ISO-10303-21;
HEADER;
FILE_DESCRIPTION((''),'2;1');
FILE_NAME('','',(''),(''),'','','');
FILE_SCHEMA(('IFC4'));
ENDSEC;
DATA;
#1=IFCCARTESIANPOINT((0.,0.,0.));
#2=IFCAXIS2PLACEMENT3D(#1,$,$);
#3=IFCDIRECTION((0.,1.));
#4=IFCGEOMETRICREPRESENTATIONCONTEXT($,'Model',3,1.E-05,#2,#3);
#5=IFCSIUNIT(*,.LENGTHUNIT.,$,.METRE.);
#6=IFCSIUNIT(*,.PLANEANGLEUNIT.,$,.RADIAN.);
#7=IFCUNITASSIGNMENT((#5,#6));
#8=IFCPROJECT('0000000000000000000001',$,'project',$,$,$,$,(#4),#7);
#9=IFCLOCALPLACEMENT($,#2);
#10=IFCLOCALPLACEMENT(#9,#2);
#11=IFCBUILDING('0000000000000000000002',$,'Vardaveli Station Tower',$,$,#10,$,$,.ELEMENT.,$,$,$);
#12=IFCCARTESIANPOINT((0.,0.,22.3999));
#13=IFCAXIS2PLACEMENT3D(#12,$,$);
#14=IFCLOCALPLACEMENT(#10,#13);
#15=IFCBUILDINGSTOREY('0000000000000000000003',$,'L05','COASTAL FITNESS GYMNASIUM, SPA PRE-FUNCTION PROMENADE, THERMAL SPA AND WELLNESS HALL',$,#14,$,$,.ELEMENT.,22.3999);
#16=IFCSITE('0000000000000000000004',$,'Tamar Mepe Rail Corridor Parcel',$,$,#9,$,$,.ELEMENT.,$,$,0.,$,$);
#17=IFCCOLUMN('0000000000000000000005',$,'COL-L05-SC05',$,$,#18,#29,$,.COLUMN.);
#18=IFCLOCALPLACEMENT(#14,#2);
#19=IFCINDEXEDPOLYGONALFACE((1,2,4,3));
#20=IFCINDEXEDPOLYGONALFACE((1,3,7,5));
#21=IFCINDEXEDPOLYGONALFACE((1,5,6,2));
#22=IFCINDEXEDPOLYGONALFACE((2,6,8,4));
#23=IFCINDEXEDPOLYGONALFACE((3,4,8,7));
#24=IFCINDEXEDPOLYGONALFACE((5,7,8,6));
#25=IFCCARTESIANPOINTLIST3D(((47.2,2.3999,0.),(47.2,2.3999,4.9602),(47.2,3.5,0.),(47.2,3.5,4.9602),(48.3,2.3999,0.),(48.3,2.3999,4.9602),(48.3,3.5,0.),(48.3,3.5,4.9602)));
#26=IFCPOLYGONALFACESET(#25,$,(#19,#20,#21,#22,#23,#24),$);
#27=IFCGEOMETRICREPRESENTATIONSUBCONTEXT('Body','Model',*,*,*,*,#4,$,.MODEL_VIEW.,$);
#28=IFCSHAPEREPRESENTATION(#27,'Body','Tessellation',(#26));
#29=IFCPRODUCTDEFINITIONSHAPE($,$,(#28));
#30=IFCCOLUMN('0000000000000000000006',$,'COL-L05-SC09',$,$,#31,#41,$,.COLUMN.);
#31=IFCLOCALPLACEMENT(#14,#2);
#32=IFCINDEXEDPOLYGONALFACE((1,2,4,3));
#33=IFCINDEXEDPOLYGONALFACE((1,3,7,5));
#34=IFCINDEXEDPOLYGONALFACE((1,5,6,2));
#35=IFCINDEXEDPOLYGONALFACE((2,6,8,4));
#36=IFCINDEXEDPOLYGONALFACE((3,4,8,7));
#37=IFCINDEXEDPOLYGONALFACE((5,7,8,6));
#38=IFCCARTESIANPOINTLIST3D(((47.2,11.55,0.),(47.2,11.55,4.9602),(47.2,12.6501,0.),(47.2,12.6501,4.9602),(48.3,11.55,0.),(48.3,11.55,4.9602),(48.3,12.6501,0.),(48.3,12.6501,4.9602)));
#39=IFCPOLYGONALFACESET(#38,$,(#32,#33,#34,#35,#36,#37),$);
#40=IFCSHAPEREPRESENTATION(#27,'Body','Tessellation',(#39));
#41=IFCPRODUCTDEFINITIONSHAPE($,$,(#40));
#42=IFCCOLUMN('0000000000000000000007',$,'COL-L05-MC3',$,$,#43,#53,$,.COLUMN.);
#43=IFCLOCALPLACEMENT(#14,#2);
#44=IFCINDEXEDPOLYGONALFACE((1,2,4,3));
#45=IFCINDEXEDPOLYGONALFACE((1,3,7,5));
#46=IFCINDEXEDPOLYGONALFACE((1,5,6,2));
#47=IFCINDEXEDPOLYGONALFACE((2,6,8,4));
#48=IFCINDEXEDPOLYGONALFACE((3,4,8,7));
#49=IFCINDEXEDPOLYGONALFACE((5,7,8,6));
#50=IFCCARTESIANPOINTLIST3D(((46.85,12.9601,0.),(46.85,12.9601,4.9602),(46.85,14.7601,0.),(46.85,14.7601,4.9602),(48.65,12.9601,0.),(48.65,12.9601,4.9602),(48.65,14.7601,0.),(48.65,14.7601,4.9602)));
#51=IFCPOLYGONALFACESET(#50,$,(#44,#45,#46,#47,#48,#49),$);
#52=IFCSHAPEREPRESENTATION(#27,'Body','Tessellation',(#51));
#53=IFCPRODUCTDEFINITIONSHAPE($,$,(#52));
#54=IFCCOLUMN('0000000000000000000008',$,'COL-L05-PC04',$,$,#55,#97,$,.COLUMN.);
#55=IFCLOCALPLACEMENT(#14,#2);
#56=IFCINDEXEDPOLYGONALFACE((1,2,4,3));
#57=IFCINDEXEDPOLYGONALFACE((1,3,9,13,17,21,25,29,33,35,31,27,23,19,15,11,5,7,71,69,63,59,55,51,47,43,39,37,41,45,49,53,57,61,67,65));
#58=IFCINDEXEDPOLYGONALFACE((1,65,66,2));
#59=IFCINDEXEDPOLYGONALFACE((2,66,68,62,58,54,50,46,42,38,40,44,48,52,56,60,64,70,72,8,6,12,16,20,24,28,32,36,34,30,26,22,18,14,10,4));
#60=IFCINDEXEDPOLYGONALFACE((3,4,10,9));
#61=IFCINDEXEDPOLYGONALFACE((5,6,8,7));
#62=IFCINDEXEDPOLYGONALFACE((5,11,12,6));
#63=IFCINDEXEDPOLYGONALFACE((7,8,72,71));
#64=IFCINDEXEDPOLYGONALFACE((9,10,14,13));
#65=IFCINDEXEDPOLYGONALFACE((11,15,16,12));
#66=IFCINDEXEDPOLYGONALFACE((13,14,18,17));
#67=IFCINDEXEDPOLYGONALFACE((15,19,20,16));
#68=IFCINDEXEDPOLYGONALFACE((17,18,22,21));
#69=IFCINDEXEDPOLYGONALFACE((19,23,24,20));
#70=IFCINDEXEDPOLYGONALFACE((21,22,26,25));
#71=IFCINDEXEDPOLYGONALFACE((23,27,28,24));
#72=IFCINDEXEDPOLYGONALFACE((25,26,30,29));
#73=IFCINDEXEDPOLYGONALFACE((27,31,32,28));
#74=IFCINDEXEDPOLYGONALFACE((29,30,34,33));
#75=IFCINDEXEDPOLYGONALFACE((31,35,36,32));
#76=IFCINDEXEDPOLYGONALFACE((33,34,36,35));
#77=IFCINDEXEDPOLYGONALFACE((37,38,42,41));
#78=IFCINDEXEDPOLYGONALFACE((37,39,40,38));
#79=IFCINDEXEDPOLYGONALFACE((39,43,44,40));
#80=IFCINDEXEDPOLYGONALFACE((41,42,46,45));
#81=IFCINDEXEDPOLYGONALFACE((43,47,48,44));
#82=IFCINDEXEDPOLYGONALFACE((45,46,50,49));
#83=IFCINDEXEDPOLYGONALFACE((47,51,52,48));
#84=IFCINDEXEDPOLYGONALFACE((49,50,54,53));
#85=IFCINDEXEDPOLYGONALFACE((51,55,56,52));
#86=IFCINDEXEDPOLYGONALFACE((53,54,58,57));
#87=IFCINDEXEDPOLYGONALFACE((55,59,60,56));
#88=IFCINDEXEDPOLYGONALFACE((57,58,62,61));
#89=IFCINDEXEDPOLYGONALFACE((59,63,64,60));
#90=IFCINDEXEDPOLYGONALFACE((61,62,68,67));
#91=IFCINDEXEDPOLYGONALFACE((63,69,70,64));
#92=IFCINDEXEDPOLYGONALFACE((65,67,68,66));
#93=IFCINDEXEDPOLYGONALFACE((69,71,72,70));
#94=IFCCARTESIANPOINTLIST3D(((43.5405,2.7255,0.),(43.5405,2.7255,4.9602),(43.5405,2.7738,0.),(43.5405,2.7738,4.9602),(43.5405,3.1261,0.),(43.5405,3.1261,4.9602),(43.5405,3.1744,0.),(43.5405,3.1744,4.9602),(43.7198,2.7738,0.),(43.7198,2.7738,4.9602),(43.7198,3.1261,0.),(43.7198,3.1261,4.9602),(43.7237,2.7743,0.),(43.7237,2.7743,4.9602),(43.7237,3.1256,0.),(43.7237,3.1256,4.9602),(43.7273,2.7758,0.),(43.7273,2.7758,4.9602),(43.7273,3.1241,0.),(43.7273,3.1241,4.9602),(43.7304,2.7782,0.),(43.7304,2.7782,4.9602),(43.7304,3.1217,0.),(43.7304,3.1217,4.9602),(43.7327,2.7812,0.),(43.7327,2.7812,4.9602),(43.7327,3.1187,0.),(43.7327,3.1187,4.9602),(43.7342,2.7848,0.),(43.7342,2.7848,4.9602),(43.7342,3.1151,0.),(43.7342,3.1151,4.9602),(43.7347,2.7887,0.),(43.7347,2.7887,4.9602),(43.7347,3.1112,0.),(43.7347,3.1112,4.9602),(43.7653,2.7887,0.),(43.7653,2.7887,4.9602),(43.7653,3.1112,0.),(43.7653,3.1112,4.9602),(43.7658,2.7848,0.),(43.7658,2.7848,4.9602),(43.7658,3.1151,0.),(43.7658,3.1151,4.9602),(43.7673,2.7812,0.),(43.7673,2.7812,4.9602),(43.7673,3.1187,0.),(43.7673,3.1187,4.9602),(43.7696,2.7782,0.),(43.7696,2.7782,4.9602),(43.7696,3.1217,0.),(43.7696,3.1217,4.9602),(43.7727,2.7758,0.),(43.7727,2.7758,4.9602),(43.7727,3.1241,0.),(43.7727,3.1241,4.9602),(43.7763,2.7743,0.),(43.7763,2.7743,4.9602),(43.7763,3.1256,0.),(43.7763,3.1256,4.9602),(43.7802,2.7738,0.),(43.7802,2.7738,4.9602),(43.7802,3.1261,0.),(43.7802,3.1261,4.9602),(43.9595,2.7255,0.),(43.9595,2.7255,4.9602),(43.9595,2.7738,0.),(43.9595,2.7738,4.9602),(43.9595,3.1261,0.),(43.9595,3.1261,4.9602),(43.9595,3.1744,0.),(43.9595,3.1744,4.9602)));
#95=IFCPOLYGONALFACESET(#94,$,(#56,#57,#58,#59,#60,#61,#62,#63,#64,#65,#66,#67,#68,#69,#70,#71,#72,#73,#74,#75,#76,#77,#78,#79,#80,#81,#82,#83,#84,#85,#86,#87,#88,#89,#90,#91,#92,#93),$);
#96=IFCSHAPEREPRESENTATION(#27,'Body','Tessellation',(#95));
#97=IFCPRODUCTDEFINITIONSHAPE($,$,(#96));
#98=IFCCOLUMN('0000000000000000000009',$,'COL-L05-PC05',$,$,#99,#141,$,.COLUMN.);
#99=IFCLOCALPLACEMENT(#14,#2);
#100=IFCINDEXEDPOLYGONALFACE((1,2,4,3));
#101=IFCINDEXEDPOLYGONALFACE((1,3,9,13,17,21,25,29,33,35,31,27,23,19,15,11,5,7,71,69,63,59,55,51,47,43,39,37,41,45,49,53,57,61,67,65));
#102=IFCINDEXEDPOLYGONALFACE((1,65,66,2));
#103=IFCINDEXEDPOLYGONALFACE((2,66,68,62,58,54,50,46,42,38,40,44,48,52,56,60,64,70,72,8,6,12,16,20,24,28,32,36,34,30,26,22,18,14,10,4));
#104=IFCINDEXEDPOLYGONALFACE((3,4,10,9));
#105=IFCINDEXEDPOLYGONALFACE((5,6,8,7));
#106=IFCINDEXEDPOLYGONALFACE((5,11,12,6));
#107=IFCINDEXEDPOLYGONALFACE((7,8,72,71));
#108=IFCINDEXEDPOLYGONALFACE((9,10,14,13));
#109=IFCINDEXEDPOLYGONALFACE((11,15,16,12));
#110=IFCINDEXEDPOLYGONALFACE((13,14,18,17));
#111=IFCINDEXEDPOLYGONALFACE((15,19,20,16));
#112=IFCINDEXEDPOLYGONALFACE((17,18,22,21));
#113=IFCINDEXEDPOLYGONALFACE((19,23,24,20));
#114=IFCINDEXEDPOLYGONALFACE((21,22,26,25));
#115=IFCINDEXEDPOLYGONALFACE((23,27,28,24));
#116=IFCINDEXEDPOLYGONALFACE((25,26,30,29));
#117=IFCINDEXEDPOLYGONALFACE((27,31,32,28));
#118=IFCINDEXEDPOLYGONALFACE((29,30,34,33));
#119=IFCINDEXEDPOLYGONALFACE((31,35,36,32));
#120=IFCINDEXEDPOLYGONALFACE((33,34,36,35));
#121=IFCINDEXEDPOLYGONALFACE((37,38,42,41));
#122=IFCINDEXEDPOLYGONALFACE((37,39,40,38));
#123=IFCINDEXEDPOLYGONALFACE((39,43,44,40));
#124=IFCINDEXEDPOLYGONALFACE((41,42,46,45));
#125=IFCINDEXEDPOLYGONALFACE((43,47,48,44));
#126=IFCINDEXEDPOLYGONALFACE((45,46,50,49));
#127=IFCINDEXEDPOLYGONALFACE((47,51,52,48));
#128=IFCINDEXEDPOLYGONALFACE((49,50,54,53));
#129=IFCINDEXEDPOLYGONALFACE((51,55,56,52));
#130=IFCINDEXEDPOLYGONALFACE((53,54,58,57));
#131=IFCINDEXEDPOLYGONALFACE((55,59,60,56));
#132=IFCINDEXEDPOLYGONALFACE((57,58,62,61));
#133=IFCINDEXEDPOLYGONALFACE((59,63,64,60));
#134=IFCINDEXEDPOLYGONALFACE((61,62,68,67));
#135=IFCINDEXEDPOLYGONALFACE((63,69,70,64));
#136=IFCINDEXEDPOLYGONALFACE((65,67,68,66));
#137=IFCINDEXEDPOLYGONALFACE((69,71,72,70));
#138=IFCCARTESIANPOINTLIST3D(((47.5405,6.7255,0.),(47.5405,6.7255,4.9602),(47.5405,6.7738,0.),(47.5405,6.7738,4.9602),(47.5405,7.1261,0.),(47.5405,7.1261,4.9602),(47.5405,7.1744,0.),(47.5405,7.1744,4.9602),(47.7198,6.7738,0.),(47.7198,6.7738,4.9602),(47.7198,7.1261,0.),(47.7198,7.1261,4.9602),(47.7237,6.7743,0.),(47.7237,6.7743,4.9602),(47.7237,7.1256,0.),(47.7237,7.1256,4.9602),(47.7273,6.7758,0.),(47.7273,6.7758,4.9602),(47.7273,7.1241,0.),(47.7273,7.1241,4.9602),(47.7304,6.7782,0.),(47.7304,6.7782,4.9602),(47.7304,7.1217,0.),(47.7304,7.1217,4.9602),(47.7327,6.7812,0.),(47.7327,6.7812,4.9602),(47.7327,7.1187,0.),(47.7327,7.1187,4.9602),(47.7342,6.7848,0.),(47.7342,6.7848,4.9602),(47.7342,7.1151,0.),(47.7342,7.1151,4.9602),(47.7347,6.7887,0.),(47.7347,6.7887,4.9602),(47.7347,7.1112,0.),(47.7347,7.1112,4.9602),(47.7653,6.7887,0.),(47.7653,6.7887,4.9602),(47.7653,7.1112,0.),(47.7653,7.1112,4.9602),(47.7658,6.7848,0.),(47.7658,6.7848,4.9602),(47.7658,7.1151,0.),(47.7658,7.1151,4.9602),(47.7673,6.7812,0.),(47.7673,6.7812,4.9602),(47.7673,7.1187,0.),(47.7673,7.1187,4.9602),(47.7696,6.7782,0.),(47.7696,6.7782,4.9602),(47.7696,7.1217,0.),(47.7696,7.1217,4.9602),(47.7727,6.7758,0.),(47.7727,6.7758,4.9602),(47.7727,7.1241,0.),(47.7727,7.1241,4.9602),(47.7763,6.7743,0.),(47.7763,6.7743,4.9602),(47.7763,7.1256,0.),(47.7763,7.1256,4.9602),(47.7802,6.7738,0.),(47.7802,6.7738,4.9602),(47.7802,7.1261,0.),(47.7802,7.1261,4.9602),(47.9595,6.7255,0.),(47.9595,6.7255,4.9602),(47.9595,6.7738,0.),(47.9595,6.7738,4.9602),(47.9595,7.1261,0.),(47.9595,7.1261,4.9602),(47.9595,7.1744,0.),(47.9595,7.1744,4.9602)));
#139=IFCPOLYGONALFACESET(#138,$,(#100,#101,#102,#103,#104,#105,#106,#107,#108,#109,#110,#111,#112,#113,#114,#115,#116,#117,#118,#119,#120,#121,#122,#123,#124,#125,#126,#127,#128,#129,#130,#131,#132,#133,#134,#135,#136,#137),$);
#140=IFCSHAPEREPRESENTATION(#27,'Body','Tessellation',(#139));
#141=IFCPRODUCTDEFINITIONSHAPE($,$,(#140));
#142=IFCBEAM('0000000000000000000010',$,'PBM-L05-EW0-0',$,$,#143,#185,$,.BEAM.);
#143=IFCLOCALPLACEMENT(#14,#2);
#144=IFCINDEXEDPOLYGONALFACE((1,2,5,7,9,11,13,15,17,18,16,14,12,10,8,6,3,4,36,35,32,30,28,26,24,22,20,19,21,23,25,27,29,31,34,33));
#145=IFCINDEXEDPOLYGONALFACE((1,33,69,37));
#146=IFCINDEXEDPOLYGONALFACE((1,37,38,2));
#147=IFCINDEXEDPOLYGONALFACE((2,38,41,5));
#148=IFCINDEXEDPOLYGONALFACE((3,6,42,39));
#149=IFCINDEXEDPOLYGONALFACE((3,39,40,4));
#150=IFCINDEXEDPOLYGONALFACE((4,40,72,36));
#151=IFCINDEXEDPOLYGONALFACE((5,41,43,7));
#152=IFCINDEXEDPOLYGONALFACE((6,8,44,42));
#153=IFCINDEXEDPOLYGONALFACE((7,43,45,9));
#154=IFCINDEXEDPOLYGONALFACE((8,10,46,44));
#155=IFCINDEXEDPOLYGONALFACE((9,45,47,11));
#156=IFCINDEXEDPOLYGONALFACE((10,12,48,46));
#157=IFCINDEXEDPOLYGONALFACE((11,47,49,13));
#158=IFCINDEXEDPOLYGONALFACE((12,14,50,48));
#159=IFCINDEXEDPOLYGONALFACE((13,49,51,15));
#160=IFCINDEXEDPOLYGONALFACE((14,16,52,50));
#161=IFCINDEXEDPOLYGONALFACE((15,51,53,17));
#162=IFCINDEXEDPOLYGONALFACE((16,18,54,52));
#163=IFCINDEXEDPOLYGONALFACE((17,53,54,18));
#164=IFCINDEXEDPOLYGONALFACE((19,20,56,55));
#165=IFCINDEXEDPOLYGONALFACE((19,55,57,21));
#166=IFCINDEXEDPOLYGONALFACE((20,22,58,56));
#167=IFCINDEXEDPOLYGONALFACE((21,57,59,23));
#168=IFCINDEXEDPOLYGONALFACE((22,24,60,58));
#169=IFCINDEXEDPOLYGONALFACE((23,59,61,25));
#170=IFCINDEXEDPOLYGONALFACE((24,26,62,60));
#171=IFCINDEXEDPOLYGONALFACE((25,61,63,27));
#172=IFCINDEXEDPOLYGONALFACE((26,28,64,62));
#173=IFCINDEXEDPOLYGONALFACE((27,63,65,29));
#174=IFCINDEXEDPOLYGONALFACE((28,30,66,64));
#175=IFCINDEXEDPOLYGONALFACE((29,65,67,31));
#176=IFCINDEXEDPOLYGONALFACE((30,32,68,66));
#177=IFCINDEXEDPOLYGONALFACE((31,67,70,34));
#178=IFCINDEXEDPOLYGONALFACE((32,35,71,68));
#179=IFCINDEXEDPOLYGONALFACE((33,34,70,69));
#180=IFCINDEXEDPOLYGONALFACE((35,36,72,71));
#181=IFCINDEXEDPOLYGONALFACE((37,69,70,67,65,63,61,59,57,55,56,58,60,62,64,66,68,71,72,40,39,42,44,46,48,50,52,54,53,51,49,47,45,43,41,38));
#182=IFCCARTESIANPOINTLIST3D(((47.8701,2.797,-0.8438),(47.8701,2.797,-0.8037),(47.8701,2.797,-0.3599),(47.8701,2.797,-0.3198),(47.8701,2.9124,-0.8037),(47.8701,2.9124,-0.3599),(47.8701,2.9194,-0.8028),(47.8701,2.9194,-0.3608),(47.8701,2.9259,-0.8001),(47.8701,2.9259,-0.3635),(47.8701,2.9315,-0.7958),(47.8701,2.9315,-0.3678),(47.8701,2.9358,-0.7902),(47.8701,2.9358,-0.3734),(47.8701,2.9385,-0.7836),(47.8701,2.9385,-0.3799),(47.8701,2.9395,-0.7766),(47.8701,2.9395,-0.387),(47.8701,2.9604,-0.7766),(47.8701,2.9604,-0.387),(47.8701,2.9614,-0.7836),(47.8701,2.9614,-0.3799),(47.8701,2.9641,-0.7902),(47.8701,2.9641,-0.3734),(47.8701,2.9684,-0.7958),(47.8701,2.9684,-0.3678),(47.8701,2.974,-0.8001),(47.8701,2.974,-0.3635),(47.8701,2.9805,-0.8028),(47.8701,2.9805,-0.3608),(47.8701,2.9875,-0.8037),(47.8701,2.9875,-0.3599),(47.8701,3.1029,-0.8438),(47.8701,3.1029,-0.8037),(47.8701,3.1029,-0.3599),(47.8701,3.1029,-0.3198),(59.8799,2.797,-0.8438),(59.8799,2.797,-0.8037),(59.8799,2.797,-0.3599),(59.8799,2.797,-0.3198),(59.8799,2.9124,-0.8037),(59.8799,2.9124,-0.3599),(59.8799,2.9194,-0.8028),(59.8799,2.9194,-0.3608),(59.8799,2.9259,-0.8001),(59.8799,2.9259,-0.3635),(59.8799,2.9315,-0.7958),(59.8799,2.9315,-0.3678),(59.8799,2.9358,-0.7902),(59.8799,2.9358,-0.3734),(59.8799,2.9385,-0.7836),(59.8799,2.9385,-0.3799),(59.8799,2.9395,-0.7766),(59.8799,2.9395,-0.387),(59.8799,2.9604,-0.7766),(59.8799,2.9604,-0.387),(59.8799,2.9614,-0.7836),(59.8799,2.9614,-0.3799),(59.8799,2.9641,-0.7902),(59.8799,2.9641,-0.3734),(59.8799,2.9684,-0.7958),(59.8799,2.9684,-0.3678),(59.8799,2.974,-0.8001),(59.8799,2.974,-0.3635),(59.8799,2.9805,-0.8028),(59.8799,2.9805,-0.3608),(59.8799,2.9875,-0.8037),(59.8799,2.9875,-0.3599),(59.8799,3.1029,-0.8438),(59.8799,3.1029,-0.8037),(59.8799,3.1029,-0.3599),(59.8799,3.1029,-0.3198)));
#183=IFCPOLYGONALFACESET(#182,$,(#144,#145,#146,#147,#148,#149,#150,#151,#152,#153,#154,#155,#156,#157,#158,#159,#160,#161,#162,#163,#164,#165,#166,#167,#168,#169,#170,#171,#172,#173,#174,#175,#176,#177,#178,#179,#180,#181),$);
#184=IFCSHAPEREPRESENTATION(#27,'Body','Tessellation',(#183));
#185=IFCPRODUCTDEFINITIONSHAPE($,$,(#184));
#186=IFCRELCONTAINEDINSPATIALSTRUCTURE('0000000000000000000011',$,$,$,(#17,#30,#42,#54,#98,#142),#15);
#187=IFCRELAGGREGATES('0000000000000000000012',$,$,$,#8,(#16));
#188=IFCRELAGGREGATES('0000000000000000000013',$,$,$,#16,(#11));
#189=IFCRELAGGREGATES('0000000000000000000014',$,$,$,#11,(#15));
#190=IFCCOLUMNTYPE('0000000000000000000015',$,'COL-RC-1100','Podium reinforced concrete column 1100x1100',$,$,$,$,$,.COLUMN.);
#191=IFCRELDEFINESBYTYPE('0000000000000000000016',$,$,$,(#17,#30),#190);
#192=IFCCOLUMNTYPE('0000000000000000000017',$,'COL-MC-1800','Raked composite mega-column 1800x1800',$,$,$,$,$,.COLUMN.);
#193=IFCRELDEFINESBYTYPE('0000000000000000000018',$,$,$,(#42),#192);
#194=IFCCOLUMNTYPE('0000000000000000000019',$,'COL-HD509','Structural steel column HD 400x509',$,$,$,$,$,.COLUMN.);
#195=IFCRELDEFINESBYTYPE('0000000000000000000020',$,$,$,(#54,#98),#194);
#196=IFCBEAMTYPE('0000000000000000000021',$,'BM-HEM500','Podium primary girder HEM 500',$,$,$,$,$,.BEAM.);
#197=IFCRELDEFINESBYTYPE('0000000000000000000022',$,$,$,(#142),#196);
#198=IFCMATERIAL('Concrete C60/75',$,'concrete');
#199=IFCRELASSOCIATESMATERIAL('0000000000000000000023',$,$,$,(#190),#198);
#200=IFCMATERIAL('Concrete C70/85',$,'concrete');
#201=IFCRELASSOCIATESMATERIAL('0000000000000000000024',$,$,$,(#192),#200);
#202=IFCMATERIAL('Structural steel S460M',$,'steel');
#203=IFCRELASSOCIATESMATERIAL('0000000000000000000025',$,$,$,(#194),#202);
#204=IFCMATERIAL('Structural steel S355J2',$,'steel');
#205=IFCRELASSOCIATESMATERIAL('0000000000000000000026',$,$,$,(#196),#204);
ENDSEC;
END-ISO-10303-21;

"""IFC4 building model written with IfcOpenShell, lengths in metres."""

from ifc_helpers import new_model, si_unit, direction, frame, origin, origin_2d, place, context, subcontext, project, spatial, rectangle, i_section, extrude, source, transform, mapped, material, material_profile, profile_set, type_object, element, save


model = new_model("IFC4")

# Units and contexts
model_context = context("Model", 3, precision=1e-05, world=origin(), true_north=direction((0.0, 1.0)))
body_context = subcontext(model_context, "Body", "Model", "MODEL_VIEW")
ifc_project = project(units=[si_unit("LENGTHUNIT", "METRE"), si_unit("PLANEANGLEUNIT", "RADIAN")], contexts=[model_context])

# Site, building, storey
site_placement = place(None, origin())
site = spatial("IfcSite", under=ifc_project, at=site_placement, Name="Tamar Mepe Rail Corridor Parcel", CompositionType="ELEMENT", RefElevation=0.0)
building_placement = place(site_placement, origin())
building = spatial("IfcBuilding", under=site, at=building_placement, Name="Vardaveli Station Tower", CompositionType="ELEMENT")
storey_placement = place(building_placement, frame((0.0, 0.0, 22.3999)))
storey = spatial("IfcBuildingStorey", under=building, at=storey_placement, Name="L05", Description="COASTAL FITNESS GYMNASIUM, SPA PRE-FUNCTION PROMENADE, THERMAL SPA AND WELLNESS HALL", CompositionType="ELEMENT", Elevation=22.3999)

# Columns
ifc_material_1 = material(Name="Concrete C60/75", Category="concrete")
ifc_material_profile_1 = material_profile(ifc_material_1, rectangle(XDim=1.1001, YDim=1.1001, at=origin_2d()), Name="RC 1100x1100")
ifc_profile_set_1 = profile_set([ifc_material_profile_1], Name="Concrete C60/75")
column_type_1 = type_object("IfcColumnType", Name="COL-RC-1100", Description="Podium reinforced concrete column 1100x1100", PredefinedType="COLUMN", material=ifc_profile_set_1)
shared_shape_1 = source(origin(), body_context, "Body", "SweptSolid", [
    extrude(rectangle(XDim=1.1001, YDim=1.1001, at=origin_2d()), origin(), (0.0, 0.0, 1.0), 4.9602),
])
for number, where, z_axis, x_axis, name in (
    (1, (47.75, 2.95, 0.0), (0.0, 0.0, 1.0), (1.0, 0.0, 0.0), "COL-L05-SC05"),
    (2, (47.75, 12.1001, 0.0), (0.0, 0.0, 1.0), (1.0, 0.0, 0.0), "COL-L05-SC09"),
):
    element("IfcColumn", number, at=place(storey_placement, frame(where, z_axis=z_axis, x_axis=x_axis)), inside=storey, type_object=column_type_1, Name=name, PredefinedType="COLUMN", context=body_context, shape_type="MappedRepresentation", body=[
        mapped(shared_shape_1, transform((0.0, 0.0, 0.0), scale=1.0)),
    ])
ifc_material_2 = material(Name="Concrete C70/85", Category="concrete")
ifc_material_profile_2 = material_profile(ifc_material_2, rectangle(XDim=1.8, YDim=1.8, at=origin_2d()), Name="MC 1800x1800")
ifc_profile_set_2 = profile_set([ifc_material_profile_2], Name="Concrete C70/85")
column_type_2 = type_object("IfcColumnType", Name="COL-MC-1800", Description="Raked composite mega-column 1800x1800", PredefinedType="COLUMN", material=ifc_profile_set_2)
shared_shape_2 = source(origin(), body_context, "Body", "SweptSolid", [
    extrude(rectangle(XDim=1.8, YDim=1.8, at=origin_2d()), origin(), (0.0, 0.0, 1.0), 4.9602),
])
column_placement = place(storey_placement, frame((47.75, 13.8601, 0.0), z_axis=(0.0, 0.0, 1.0), x_axis=(1.0, 0.0, 0.0)))
element("IfcColumn", 3, at=column_placement, inside=storey, type_object=column_type_2, Name="COL-L05-MC3", PredefinedType="COLUMN", context=body_context, shape_type="MappedRepresentation", body=[
    mapped(shared_shape_2, transform((0.0, 0.0, 0.0), scale=1.0)),
])
ifc_material_3 = material(Name="Structural steel S460M", Category="steel")
ifc_material_profile_3 = material_profile(ifc_material_3, i_section(OverallWidth=0.4189, OverallDepth=0.449, WebThickness=0.0305, FlangeThickness=0.0483, FilletRadius=0.0149, at=origin_2d()), Name="HD 400x509")
ifc_profile_set_3 = profile_set([ifc_material_profile_3], Name="Structural steel S460M")
column_type_3 = type_object("IfcColumnType", Name="COL-HD509", Description="Structural steel column HD 400x509", PredefinedType="COLUMN", material=ifc_profile_set_3)
shared_shape_3 = source(origin(), body_context, "Body", "SweptSolid", [
    extrude(i_section(OverallWidth=0.4189, OverallDepth=0.449, WebThickness=0.0305, FlangeThickness=0.0483, FilletRadius=0.0149, at=origin_2d()), origin(), (0.0, 0.0, 1.0), 4.9602),
])
for number, where, z_axis, x_axis, name in (
    (4, (43.75, 2.95, 0.0), (0.0, 0.0, 1.0), (1.0, 0.0, 0.0), "COL-L05-PC04"),
    (5, (47.75, 6.95, 0.0), (0.0, 0.0, 1.0), (1.0, 0.0, 0.0), "COL-L05-PC05"),
):
    element("IfcColumn", number, at=place(storey_placement, frame(where, z_axis=z_axis, x_axis=x_axis)), inside=storey, type_object=column_type_3, Name=name, PredefinedType="COLUMN", context=body_context, shape_type="MappedRepresentation", body=[
        mapped(shared_shape_3, transform((0.0, 0.0, 0.0), scale=1.0)),
    ])

# Beam
ifc_material_4 = material(Name="Structural steel S355J2", Category="steel")
ifc_material_profile_4 = material_profile(ifc_material_4, i_section(OverallWidth=0.3059, OverallDepth=0.5239, WebThickness=0.021, FlangeThickness=0.04, FilletRadius=0.0271, at=origin_2d()), Name="HEM 500")
ifc_profile_set_4 = profile_set([ifc_material_profile_4], Name="Structural steel S355J2")
beam_type_1 = type_object("IfcBeamType", Name="BM-HEM500", Description="Podium primary girder HEM 500", PredefinedType="BEAM", material=ifc_profile_set_4)
shared_shape_4 = source(origin(), body_context, "Body", "SweptSolid", [
    extrude(i_section(OverallWidth=0.3059, OverallDepth=0.5239, WebThickness=0.021, FlangeThickness=0.04, FilletRadius=0.0271, at=origin_2d()), origin(), (0.0, 0.0, 1.0), 12.0098),
])
beam_1_placement = place(storey_placement, frame((47.8701, 2.95, -0.5818), z_axis=(1.0, 0.0, 0.0), x_axis=(0.0, 1.0, 0.0)))
element("IfcBeam", 6, at=beam_1_placement, inside=storey, type_object=beam_type_1, Name="PBM-L05-EW0-0", PredefinedType="BEAM", context=body_context, shape_type="MappedRepresentation", body=[
    mapped(shared_shape_4, transform((0.0, 0.0, 0.0), scale=1.0)),
])

save(model, "model.ifc")
